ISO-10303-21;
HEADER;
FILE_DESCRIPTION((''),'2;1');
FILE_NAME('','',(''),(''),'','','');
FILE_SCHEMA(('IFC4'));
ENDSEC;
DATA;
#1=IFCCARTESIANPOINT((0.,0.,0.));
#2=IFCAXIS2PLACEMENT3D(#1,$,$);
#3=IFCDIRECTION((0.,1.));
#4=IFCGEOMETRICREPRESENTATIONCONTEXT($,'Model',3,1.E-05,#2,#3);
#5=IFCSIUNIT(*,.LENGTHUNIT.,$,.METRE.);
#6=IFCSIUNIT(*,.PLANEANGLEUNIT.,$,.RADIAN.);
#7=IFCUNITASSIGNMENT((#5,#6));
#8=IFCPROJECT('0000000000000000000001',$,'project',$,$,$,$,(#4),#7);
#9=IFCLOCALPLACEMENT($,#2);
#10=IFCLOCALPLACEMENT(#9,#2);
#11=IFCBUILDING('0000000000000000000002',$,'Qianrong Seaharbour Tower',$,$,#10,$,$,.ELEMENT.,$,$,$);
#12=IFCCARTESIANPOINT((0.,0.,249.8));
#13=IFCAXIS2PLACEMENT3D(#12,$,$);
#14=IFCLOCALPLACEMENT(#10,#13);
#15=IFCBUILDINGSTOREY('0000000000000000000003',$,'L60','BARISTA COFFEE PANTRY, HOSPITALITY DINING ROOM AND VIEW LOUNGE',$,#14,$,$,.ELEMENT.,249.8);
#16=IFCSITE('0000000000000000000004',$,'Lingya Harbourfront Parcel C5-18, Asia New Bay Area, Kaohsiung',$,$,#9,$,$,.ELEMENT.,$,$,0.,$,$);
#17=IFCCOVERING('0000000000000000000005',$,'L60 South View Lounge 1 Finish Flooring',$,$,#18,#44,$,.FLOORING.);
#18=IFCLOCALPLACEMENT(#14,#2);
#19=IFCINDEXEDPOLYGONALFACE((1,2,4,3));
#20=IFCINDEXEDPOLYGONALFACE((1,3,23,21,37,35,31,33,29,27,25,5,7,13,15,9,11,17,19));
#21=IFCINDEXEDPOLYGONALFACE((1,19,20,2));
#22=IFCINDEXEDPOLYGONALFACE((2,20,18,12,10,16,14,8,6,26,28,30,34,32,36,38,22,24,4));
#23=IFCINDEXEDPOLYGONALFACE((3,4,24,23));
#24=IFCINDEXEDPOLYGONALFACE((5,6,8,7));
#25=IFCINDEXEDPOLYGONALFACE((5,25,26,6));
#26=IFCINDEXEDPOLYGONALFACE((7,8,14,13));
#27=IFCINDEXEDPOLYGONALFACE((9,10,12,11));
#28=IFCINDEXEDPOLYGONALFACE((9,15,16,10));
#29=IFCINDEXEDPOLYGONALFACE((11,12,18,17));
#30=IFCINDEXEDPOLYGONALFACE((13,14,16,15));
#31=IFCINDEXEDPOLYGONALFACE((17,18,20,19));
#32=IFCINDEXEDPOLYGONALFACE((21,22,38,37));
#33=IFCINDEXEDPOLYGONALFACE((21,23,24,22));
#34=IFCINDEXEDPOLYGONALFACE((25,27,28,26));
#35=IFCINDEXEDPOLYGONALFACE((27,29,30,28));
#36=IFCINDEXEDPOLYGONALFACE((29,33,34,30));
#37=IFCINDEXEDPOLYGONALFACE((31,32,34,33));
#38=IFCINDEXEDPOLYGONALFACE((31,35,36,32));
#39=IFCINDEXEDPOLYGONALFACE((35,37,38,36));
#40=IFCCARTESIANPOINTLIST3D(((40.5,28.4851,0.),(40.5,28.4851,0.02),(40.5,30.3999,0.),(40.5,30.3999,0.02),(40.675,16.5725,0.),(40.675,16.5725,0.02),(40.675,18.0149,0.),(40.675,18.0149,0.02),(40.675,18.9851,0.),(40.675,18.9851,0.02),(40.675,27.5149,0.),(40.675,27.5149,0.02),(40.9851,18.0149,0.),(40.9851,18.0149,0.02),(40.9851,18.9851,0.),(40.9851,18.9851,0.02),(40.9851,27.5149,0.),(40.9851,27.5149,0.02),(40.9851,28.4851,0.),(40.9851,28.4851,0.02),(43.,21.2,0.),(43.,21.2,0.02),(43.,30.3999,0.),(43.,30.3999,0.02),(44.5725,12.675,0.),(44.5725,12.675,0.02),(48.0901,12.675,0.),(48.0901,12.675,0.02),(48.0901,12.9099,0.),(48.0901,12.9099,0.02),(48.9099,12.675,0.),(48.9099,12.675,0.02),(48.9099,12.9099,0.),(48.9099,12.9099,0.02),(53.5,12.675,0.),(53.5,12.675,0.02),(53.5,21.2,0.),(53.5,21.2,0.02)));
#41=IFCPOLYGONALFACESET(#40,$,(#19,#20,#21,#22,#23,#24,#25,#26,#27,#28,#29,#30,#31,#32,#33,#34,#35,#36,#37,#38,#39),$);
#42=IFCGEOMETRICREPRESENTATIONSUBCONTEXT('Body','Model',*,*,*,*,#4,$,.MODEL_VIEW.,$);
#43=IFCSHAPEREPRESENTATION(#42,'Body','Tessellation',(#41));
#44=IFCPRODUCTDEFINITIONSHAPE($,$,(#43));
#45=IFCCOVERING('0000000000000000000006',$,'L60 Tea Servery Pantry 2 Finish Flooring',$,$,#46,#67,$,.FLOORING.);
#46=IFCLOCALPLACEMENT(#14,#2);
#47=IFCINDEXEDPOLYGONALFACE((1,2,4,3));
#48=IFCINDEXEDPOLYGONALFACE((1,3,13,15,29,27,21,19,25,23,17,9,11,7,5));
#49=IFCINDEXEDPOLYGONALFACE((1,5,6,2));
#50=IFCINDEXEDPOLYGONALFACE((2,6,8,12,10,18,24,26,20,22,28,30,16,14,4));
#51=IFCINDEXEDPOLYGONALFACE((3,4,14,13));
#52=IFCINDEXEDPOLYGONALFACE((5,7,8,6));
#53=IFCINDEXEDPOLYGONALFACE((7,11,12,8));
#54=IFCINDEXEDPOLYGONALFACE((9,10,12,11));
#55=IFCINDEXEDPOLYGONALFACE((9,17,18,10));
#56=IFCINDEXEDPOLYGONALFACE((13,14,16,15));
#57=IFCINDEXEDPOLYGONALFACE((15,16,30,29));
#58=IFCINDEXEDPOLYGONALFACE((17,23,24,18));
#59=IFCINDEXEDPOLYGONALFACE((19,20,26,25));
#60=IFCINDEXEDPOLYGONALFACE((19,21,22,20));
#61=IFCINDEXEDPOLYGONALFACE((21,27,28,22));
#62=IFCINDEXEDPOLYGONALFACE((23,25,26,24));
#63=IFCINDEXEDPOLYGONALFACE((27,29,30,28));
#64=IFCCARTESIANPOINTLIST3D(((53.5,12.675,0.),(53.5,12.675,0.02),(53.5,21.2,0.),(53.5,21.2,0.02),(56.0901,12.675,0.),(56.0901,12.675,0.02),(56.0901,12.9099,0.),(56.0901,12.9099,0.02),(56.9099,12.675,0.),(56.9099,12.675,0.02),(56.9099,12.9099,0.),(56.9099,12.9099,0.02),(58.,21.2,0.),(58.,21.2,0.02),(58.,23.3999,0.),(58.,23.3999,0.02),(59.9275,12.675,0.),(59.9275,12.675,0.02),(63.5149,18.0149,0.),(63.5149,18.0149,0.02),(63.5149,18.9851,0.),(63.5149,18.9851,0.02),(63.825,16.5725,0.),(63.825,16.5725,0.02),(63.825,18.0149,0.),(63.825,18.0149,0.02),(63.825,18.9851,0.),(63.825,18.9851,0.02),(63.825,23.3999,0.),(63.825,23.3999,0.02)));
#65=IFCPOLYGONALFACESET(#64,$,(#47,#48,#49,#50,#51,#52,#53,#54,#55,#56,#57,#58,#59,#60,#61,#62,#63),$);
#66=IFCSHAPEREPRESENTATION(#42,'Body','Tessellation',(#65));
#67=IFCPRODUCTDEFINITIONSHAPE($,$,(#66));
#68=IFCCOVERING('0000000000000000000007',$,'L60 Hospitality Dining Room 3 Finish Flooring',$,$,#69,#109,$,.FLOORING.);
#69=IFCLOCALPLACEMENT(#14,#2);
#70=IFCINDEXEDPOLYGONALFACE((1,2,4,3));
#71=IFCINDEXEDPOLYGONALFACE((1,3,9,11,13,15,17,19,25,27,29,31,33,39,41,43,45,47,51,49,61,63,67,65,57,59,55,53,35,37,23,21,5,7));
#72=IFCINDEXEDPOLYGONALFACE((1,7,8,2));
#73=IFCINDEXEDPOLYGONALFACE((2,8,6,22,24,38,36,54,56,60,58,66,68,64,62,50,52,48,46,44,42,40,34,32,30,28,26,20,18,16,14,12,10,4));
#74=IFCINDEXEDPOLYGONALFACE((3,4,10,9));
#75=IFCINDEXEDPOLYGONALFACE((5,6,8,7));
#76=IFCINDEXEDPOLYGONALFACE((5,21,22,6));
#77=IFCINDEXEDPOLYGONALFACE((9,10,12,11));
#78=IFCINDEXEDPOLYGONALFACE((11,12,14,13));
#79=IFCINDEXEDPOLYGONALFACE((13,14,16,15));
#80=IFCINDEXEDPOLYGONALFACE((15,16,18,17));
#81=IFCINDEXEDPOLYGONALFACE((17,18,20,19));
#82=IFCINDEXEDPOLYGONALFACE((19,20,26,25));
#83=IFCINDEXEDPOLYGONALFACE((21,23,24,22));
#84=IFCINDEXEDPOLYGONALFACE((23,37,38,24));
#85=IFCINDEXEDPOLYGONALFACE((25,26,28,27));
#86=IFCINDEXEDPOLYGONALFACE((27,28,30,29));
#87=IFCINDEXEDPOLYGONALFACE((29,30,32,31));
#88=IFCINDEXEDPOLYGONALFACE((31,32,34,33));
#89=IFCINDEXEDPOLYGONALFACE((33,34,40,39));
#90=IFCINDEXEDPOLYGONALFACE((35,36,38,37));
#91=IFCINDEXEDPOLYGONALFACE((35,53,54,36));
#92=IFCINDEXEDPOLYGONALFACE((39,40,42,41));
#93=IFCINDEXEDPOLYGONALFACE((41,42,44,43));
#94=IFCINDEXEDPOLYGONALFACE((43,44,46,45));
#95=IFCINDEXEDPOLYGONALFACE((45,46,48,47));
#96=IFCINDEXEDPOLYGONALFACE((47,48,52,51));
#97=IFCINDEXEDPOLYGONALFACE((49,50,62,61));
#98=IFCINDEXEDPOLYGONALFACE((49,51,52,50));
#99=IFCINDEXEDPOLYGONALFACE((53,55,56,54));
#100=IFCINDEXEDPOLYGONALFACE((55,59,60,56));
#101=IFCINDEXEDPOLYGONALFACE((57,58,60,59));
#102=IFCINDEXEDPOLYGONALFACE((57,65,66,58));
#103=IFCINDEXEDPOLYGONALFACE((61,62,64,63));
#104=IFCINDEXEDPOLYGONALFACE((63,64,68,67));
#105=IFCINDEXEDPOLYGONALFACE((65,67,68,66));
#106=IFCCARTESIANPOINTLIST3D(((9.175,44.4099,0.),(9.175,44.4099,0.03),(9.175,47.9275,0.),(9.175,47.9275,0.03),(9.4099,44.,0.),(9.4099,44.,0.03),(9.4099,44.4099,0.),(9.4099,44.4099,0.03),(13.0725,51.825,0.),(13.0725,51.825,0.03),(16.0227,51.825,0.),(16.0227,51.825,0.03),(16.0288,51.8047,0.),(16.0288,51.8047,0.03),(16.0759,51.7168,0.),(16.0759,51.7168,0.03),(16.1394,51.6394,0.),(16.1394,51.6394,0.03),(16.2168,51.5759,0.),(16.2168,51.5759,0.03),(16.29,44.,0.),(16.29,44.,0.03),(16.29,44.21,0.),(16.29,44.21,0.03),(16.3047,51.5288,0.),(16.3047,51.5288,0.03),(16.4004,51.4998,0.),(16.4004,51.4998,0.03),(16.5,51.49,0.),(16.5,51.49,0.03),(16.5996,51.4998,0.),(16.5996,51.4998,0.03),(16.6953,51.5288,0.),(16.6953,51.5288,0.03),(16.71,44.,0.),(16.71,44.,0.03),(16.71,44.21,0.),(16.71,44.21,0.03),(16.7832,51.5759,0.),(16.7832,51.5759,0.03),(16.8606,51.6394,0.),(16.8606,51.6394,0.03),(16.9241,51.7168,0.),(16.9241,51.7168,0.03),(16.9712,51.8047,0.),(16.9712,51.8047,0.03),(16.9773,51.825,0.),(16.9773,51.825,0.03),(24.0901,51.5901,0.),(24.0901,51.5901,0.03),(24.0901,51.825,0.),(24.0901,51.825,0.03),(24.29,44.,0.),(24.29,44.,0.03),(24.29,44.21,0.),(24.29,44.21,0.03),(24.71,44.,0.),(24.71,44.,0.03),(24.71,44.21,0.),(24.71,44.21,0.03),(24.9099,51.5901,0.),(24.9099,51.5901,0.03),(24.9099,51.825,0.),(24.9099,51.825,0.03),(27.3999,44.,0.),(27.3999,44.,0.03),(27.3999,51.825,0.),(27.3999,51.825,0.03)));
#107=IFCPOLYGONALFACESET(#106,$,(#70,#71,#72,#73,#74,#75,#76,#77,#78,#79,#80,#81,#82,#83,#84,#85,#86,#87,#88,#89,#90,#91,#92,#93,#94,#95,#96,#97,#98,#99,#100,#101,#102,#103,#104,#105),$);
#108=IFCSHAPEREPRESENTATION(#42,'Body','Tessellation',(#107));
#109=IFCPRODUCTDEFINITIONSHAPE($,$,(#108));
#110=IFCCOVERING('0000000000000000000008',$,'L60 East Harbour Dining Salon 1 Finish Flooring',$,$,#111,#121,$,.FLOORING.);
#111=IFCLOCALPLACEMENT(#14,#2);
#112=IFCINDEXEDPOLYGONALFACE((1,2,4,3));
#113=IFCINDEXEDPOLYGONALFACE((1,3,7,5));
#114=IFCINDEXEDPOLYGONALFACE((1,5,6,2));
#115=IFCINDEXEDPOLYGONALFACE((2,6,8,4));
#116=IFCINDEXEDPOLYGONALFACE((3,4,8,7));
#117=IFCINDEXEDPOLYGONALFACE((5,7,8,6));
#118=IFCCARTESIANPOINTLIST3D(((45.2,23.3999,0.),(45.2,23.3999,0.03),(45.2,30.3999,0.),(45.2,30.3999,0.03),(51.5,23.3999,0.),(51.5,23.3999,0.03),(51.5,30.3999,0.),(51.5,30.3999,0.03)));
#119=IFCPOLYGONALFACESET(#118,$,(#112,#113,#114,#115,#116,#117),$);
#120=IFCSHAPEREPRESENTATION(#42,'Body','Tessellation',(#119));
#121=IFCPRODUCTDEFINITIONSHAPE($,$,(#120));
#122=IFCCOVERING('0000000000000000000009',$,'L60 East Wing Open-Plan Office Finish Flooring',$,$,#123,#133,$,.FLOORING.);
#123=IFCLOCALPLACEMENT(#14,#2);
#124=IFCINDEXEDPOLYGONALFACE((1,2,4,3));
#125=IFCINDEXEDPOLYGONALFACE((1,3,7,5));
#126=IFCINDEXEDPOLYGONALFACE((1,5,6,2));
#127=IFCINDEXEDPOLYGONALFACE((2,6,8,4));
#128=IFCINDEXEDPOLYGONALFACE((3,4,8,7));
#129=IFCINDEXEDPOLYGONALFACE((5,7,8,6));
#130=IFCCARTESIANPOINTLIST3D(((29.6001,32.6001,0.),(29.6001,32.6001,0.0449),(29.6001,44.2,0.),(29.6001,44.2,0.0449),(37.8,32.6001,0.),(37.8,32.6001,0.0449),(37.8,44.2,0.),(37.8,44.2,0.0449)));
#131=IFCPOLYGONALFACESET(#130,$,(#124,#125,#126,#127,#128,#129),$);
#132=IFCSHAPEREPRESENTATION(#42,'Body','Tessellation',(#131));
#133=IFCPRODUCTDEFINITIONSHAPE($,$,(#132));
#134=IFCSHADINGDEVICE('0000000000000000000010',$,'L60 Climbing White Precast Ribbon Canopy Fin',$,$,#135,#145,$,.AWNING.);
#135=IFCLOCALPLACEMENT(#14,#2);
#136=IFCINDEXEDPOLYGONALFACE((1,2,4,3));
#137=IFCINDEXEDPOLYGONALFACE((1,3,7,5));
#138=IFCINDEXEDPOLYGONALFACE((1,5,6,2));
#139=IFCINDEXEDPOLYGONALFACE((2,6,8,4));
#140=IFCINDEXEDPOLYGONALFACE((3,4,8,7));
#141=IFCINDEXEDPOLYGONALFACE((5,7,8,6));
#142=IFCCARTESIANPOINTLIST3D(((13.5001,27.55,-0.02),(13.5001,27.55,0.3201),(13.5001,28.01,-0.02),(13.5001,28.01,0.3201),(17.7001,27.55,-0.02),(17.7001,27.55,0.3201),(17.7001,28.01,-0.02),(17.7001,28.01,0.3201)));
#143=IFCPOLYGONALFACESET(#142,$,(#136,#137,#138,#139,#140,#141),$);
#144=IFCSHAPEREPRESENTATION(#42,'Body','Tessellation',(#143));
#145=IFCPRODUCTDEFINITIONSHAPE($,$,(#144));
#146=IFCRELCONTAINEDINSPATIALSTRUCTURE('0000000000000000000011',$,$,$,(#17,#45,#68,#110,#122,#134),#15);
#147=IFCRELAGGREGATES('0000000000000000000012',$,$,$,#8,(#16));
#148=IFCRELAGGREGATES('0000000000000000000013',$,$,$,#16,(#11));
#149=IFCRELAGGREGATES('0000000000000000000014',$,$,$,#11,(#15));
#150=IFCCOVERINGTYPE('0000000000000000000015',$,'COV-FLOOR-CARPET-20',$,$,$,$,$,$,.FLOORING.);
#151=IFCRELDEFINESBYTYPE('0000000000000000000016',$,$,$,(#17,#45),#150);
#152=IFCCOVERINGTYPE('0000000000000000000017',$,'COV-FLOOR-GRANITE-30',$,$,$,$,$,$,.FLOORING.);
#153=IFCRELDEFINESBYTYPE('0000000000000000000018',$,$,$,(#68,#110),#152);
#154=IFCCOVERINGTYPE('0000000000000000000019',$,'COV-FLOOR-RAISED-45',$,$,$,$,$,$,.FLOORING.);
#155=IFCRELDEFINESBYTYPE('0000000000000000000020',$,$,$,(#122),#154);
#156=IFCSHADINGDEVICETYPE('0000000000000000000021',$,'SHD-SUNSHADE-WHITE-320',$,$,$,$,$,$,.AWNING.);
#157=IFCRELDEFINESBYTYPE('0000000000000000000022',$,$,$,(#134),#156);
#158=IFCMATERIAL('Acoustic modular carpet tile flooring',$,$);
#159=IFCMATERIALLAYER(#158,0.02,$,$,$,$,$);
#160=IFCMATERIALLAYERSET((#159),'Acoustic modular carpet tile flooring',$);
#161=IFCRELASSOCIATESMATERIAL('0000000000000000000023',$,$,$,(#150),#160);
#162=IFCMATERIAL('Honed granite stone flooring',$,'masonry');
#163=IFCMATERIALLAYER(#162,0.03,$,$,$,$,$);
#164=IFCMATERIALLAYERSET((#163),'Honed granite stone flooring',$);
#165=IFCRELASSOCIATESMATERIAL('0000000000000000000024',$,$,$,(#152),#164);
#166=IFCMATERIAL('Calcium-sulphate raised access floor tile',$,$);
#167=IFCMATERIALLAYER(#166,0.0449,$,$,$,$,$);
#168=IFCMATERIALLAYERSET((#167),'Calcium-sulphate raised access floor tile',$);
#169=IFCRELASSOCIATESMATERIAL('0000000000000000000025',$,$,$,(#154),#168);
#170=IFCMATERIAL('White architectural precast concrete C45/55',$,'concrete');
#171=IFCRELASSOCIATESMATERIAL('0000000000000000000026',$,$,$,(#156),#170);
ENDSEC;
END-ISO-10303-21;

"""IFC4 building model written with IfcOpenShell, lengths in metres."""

from ifc_helpers import new_model, si_unit, direction, frame, origin, origin_2d, place, context, subcontext, project, spatial, polyline, rectangle, outline, extrude, material, layer, layer_set, type_object, element, save


model = new_model("IFC4")

# Units and contexts
model_context = context("Model", 3, precision=1e-05, world=origin(), true_north=direction((0.0, 1.0)))
body_context = subcontext(model_context, "Body", "Model", "MODEL_VIEW")
ifc_project = project(units=[si_unit("LENGTHUNIT", "METRE"), si_unit("PLANEANGLEUNIT", "RADIAN")], contexts=[model_context])

# Site, building, storey
site_placement = place(None, origin())
site = spatial("IfcSite", under=ifc_project, at=site_placement, Name="Lingya Harbourfront Parcel C5-18, Asia New Bay Area, Kaohsiung", CompositionType="ELEMENT", RefElevation=0.0)
building_placement = place(site_placement, origin())
building = spatial("IfcBuilding", under=site, at=building_placement, Name="Qianrong Seaharbour Tower", CompositionType="ELEMENT")
storey_placement = place(building_placement, frame((0.0, 0.0, 249.8)))
storey = spatial("IfcBuildingStorey", under=building, at=storey_placement, Name="L60", Description="BARISTA COFFEE PANTRY, HOSPITALITY DINING ROOM AND VIEW LOUNGE", CompositionType="ELEMENT", Elevation=249.8)

# Coverings
ifc_material_1 = material(Name="Acoustic modular carpet tile flooring")
ifc_layer_1 = layer(ifc_material_1, 0.02)
ifc_layer_set_1 = layer_set([ifc_layer_1], Name="Acoustic modular carpet tile flooring")
covering_type_1 = type_object("IfcCoveringType", Name="COV-FLOOR-CARPET-20", PredefinedType="FLOORING", material=ifc_layer_set_1)
covering_1_placement = place(storey_placement, origin())
element("IfcCovering", 1, at=covering_1_placement, inside=storey, type_object=covering_type_1, Name="L60 South View Lounge 1 Finish Flooring", PredefinedType="FLOORING", context=body_context, shape_type="SweptSolid", body=[
    extrude(outline(polyline([(43.0, 21.2), (53.5, 21.2), (53.5, 12.675), (48.9099, 12.675), (48.9099, 12.9099), (48.0901, 12.9099), (48.0901, 12.675), (44.5725, 12.675), (40.675, 16.5725), (40.675, 18.0149), (40.9851, 18.0149), (40.9851, 18.9851), (40.675, 18.9851), (40.675, 27.5149), (40.9851, 27.5149), (40.9851, 28.4851), (40.5, 28.4851), (40.5, 30.3999), (43.0, 30.3999), (43.0, 21.2)])), origin(), (0.0, 0.0, 1.0), 0.02),
])
covering_2_placement = place(storey_placement, origin())
element("IfcCovering", 2, at=covering_2_placement, inside=storey, type_object=covering_type_1, Name="L60 Tea Servery Pantry 2 Finish Flooring", PredefinedType="FLOORING", context=body_context, shape_type="SweptSolid", body=[
    extrude(outline(polyline([(59.9275, 12.675), (56.9099, 12.675), (56.9099, 12.9099), (56.0901, 12.9099), (56.0901, 12.675), (53.5, 12.675), (53.5, 21.2), (58.0, 21.2), (58.0, 23.3999), (63.825, 23.3999), (63.825, 18.9851), (63.5149, 18.9851), (63.5149, 18.0149), (63.825, 18.0149), (63.825, 16.5725), (59.9275, 12.675)])), origin(), (0.0, 0.0, 1.0), 0.02),
])
ifc_material_2 = material(Name="Honed granite stone flooring", Category="masonry")
ifc_layer_2 = layer(ifc_material_2, 0.03)
ifc_layer_set_2 = layer_set([ifc_layer_2], Name="Honed granite stone flooring")
covering_type_2 = type_object("IfcCoveringType", Name="COV-FLOOR-GRANITE-30", PredefinedType="FLOORING", material=ifc_layer_set_2)
covering_3_placement = place(storey_placement, origin())
element("IfcCovering", 3, at=covering_3_placement, inside=storey, type_object=covering_type_2, Name="L60 Hospitality Dining Room 3 Finish Flooring", PredefinedType="FLOORING", context=body_context, shape_type="SweptSolid", body=[
    extrude(outline(polyline([(9.175, 47.9275), (13.0725, 51.825), (16.0227, 51.825), (16.0288, 51.8047), (16.0759, 51.7168), (16.1394, 51.6394), (16.2168, 51.5759), (16.3047, 51.5288), (16.4004, 51.4998), (16.5, 51.49), (16.5996, 51.4998), (16.6953, 51.5288), (16.7832, 51.5759), (16.8606, 51.6394), (16.9241, 51.7168), (16.9712, 51.8047), (16.9773, 51.825), (24.0901, 51.825), (24.0901, 51.5901), (24.9099, 51.5901), (24.9099, 51.825), (27.3999, 51.825), (27.3999, 44.0), (24.71, 44.0), (24.71, 44.21), (24.29, 44.21), (24.29, 44.0), (16.71, 44.0), (16.71, 44.21), (16.29, 44.21), (16.29, 44.0), (9.4099, 44.0), (9.4099, 44.4099), (9.175, 44.4099), (9.175, 47.9275)])), origin(), (0.0, 0.0, 1.0), 0.03),
])
covering_4_placement = place(storey_placement, origin())
element("IfcCovering", 4, at=covering_4_placement, inside=storey, type_object=covering_type_2, Name="L60 East Harbour Dining Salon 1 Finish Flooring", PredefinedType="FLOORING", context=body_context, shape_type="SweptSolid", body=[
    extrude(outline(polyline([(51.5, 30.3999), (51.5, 23.3999), (45.2, 23.3999), (45.2, 30.3999), (51.5, 30.3999)])), origin(), (0.0, 0.0, 1.0), 0.03),
])
ifc_material_3 = material(Name="Calcium-sulphate raised access floor tile")
ifc_layer_3 = layer(ifc_material_3, 0.0449)
ifc_layer_set_3 = layer_set([ifc_layer_3], Name="Calcium-sulphate raised access floor tile")
covering_type_3 = type_object("IfcCoveringType", Name="COV-FLOOR-RAISED-45", PredefinedType="FLOORING", material=ifc_layer_set_3)
covering_5_placement = place(storey_placement, origin())
element("IfcCovering", 5, at=covering_5_placement, inside=storey, type_object=covering_type_3, Name="L60 East Wing Open-Plan Office Finish Flooring", PredefinedType="FLOORING", context=body_context, shape_type="SweptSolid", body=[
    extrude(outline(polyline([(29.6001, 44.2), (37.8, 44.2), (37.8, 32.6001), (29.6001, 32.6001), (29.6001, 44.2)])), origin(), (0.0, 0.0, 1.0), 0.0449),
])

# Shading device
ifc_material_4 = material(Name="White architectural precast concrete C45/55", Category="concrete")
shading_device_type = type_object("IfcShadingDeviceType", Name="SHD-SUNSHADE-WHITE-320", PredefinedType="AWNING", material=ifc_material_4)
shading_device_placement = place(storey_placement, frame((15.6001, 27.78, -0.02), z_axis=(0.0, 0.0, 1.0), x_axis=(1.0, 0.0, 0.0)))
element("IfcShadingDevice", 6, at=shading_device_placement, inside=storey, type_object=shading_device_type, Name="L60 Climbing White Precast Ribbon Canopy Fin", PredefinedType="AWNING", context=body_context, shape_type="SweptSolid", body=[
    extrude(rectangle(XDim=4.2, YDim=0.46, at=origin_2d()), origin(), (0.0, 0.0, 1.0), 0.3401),
])

save(model, "model.ifc")
